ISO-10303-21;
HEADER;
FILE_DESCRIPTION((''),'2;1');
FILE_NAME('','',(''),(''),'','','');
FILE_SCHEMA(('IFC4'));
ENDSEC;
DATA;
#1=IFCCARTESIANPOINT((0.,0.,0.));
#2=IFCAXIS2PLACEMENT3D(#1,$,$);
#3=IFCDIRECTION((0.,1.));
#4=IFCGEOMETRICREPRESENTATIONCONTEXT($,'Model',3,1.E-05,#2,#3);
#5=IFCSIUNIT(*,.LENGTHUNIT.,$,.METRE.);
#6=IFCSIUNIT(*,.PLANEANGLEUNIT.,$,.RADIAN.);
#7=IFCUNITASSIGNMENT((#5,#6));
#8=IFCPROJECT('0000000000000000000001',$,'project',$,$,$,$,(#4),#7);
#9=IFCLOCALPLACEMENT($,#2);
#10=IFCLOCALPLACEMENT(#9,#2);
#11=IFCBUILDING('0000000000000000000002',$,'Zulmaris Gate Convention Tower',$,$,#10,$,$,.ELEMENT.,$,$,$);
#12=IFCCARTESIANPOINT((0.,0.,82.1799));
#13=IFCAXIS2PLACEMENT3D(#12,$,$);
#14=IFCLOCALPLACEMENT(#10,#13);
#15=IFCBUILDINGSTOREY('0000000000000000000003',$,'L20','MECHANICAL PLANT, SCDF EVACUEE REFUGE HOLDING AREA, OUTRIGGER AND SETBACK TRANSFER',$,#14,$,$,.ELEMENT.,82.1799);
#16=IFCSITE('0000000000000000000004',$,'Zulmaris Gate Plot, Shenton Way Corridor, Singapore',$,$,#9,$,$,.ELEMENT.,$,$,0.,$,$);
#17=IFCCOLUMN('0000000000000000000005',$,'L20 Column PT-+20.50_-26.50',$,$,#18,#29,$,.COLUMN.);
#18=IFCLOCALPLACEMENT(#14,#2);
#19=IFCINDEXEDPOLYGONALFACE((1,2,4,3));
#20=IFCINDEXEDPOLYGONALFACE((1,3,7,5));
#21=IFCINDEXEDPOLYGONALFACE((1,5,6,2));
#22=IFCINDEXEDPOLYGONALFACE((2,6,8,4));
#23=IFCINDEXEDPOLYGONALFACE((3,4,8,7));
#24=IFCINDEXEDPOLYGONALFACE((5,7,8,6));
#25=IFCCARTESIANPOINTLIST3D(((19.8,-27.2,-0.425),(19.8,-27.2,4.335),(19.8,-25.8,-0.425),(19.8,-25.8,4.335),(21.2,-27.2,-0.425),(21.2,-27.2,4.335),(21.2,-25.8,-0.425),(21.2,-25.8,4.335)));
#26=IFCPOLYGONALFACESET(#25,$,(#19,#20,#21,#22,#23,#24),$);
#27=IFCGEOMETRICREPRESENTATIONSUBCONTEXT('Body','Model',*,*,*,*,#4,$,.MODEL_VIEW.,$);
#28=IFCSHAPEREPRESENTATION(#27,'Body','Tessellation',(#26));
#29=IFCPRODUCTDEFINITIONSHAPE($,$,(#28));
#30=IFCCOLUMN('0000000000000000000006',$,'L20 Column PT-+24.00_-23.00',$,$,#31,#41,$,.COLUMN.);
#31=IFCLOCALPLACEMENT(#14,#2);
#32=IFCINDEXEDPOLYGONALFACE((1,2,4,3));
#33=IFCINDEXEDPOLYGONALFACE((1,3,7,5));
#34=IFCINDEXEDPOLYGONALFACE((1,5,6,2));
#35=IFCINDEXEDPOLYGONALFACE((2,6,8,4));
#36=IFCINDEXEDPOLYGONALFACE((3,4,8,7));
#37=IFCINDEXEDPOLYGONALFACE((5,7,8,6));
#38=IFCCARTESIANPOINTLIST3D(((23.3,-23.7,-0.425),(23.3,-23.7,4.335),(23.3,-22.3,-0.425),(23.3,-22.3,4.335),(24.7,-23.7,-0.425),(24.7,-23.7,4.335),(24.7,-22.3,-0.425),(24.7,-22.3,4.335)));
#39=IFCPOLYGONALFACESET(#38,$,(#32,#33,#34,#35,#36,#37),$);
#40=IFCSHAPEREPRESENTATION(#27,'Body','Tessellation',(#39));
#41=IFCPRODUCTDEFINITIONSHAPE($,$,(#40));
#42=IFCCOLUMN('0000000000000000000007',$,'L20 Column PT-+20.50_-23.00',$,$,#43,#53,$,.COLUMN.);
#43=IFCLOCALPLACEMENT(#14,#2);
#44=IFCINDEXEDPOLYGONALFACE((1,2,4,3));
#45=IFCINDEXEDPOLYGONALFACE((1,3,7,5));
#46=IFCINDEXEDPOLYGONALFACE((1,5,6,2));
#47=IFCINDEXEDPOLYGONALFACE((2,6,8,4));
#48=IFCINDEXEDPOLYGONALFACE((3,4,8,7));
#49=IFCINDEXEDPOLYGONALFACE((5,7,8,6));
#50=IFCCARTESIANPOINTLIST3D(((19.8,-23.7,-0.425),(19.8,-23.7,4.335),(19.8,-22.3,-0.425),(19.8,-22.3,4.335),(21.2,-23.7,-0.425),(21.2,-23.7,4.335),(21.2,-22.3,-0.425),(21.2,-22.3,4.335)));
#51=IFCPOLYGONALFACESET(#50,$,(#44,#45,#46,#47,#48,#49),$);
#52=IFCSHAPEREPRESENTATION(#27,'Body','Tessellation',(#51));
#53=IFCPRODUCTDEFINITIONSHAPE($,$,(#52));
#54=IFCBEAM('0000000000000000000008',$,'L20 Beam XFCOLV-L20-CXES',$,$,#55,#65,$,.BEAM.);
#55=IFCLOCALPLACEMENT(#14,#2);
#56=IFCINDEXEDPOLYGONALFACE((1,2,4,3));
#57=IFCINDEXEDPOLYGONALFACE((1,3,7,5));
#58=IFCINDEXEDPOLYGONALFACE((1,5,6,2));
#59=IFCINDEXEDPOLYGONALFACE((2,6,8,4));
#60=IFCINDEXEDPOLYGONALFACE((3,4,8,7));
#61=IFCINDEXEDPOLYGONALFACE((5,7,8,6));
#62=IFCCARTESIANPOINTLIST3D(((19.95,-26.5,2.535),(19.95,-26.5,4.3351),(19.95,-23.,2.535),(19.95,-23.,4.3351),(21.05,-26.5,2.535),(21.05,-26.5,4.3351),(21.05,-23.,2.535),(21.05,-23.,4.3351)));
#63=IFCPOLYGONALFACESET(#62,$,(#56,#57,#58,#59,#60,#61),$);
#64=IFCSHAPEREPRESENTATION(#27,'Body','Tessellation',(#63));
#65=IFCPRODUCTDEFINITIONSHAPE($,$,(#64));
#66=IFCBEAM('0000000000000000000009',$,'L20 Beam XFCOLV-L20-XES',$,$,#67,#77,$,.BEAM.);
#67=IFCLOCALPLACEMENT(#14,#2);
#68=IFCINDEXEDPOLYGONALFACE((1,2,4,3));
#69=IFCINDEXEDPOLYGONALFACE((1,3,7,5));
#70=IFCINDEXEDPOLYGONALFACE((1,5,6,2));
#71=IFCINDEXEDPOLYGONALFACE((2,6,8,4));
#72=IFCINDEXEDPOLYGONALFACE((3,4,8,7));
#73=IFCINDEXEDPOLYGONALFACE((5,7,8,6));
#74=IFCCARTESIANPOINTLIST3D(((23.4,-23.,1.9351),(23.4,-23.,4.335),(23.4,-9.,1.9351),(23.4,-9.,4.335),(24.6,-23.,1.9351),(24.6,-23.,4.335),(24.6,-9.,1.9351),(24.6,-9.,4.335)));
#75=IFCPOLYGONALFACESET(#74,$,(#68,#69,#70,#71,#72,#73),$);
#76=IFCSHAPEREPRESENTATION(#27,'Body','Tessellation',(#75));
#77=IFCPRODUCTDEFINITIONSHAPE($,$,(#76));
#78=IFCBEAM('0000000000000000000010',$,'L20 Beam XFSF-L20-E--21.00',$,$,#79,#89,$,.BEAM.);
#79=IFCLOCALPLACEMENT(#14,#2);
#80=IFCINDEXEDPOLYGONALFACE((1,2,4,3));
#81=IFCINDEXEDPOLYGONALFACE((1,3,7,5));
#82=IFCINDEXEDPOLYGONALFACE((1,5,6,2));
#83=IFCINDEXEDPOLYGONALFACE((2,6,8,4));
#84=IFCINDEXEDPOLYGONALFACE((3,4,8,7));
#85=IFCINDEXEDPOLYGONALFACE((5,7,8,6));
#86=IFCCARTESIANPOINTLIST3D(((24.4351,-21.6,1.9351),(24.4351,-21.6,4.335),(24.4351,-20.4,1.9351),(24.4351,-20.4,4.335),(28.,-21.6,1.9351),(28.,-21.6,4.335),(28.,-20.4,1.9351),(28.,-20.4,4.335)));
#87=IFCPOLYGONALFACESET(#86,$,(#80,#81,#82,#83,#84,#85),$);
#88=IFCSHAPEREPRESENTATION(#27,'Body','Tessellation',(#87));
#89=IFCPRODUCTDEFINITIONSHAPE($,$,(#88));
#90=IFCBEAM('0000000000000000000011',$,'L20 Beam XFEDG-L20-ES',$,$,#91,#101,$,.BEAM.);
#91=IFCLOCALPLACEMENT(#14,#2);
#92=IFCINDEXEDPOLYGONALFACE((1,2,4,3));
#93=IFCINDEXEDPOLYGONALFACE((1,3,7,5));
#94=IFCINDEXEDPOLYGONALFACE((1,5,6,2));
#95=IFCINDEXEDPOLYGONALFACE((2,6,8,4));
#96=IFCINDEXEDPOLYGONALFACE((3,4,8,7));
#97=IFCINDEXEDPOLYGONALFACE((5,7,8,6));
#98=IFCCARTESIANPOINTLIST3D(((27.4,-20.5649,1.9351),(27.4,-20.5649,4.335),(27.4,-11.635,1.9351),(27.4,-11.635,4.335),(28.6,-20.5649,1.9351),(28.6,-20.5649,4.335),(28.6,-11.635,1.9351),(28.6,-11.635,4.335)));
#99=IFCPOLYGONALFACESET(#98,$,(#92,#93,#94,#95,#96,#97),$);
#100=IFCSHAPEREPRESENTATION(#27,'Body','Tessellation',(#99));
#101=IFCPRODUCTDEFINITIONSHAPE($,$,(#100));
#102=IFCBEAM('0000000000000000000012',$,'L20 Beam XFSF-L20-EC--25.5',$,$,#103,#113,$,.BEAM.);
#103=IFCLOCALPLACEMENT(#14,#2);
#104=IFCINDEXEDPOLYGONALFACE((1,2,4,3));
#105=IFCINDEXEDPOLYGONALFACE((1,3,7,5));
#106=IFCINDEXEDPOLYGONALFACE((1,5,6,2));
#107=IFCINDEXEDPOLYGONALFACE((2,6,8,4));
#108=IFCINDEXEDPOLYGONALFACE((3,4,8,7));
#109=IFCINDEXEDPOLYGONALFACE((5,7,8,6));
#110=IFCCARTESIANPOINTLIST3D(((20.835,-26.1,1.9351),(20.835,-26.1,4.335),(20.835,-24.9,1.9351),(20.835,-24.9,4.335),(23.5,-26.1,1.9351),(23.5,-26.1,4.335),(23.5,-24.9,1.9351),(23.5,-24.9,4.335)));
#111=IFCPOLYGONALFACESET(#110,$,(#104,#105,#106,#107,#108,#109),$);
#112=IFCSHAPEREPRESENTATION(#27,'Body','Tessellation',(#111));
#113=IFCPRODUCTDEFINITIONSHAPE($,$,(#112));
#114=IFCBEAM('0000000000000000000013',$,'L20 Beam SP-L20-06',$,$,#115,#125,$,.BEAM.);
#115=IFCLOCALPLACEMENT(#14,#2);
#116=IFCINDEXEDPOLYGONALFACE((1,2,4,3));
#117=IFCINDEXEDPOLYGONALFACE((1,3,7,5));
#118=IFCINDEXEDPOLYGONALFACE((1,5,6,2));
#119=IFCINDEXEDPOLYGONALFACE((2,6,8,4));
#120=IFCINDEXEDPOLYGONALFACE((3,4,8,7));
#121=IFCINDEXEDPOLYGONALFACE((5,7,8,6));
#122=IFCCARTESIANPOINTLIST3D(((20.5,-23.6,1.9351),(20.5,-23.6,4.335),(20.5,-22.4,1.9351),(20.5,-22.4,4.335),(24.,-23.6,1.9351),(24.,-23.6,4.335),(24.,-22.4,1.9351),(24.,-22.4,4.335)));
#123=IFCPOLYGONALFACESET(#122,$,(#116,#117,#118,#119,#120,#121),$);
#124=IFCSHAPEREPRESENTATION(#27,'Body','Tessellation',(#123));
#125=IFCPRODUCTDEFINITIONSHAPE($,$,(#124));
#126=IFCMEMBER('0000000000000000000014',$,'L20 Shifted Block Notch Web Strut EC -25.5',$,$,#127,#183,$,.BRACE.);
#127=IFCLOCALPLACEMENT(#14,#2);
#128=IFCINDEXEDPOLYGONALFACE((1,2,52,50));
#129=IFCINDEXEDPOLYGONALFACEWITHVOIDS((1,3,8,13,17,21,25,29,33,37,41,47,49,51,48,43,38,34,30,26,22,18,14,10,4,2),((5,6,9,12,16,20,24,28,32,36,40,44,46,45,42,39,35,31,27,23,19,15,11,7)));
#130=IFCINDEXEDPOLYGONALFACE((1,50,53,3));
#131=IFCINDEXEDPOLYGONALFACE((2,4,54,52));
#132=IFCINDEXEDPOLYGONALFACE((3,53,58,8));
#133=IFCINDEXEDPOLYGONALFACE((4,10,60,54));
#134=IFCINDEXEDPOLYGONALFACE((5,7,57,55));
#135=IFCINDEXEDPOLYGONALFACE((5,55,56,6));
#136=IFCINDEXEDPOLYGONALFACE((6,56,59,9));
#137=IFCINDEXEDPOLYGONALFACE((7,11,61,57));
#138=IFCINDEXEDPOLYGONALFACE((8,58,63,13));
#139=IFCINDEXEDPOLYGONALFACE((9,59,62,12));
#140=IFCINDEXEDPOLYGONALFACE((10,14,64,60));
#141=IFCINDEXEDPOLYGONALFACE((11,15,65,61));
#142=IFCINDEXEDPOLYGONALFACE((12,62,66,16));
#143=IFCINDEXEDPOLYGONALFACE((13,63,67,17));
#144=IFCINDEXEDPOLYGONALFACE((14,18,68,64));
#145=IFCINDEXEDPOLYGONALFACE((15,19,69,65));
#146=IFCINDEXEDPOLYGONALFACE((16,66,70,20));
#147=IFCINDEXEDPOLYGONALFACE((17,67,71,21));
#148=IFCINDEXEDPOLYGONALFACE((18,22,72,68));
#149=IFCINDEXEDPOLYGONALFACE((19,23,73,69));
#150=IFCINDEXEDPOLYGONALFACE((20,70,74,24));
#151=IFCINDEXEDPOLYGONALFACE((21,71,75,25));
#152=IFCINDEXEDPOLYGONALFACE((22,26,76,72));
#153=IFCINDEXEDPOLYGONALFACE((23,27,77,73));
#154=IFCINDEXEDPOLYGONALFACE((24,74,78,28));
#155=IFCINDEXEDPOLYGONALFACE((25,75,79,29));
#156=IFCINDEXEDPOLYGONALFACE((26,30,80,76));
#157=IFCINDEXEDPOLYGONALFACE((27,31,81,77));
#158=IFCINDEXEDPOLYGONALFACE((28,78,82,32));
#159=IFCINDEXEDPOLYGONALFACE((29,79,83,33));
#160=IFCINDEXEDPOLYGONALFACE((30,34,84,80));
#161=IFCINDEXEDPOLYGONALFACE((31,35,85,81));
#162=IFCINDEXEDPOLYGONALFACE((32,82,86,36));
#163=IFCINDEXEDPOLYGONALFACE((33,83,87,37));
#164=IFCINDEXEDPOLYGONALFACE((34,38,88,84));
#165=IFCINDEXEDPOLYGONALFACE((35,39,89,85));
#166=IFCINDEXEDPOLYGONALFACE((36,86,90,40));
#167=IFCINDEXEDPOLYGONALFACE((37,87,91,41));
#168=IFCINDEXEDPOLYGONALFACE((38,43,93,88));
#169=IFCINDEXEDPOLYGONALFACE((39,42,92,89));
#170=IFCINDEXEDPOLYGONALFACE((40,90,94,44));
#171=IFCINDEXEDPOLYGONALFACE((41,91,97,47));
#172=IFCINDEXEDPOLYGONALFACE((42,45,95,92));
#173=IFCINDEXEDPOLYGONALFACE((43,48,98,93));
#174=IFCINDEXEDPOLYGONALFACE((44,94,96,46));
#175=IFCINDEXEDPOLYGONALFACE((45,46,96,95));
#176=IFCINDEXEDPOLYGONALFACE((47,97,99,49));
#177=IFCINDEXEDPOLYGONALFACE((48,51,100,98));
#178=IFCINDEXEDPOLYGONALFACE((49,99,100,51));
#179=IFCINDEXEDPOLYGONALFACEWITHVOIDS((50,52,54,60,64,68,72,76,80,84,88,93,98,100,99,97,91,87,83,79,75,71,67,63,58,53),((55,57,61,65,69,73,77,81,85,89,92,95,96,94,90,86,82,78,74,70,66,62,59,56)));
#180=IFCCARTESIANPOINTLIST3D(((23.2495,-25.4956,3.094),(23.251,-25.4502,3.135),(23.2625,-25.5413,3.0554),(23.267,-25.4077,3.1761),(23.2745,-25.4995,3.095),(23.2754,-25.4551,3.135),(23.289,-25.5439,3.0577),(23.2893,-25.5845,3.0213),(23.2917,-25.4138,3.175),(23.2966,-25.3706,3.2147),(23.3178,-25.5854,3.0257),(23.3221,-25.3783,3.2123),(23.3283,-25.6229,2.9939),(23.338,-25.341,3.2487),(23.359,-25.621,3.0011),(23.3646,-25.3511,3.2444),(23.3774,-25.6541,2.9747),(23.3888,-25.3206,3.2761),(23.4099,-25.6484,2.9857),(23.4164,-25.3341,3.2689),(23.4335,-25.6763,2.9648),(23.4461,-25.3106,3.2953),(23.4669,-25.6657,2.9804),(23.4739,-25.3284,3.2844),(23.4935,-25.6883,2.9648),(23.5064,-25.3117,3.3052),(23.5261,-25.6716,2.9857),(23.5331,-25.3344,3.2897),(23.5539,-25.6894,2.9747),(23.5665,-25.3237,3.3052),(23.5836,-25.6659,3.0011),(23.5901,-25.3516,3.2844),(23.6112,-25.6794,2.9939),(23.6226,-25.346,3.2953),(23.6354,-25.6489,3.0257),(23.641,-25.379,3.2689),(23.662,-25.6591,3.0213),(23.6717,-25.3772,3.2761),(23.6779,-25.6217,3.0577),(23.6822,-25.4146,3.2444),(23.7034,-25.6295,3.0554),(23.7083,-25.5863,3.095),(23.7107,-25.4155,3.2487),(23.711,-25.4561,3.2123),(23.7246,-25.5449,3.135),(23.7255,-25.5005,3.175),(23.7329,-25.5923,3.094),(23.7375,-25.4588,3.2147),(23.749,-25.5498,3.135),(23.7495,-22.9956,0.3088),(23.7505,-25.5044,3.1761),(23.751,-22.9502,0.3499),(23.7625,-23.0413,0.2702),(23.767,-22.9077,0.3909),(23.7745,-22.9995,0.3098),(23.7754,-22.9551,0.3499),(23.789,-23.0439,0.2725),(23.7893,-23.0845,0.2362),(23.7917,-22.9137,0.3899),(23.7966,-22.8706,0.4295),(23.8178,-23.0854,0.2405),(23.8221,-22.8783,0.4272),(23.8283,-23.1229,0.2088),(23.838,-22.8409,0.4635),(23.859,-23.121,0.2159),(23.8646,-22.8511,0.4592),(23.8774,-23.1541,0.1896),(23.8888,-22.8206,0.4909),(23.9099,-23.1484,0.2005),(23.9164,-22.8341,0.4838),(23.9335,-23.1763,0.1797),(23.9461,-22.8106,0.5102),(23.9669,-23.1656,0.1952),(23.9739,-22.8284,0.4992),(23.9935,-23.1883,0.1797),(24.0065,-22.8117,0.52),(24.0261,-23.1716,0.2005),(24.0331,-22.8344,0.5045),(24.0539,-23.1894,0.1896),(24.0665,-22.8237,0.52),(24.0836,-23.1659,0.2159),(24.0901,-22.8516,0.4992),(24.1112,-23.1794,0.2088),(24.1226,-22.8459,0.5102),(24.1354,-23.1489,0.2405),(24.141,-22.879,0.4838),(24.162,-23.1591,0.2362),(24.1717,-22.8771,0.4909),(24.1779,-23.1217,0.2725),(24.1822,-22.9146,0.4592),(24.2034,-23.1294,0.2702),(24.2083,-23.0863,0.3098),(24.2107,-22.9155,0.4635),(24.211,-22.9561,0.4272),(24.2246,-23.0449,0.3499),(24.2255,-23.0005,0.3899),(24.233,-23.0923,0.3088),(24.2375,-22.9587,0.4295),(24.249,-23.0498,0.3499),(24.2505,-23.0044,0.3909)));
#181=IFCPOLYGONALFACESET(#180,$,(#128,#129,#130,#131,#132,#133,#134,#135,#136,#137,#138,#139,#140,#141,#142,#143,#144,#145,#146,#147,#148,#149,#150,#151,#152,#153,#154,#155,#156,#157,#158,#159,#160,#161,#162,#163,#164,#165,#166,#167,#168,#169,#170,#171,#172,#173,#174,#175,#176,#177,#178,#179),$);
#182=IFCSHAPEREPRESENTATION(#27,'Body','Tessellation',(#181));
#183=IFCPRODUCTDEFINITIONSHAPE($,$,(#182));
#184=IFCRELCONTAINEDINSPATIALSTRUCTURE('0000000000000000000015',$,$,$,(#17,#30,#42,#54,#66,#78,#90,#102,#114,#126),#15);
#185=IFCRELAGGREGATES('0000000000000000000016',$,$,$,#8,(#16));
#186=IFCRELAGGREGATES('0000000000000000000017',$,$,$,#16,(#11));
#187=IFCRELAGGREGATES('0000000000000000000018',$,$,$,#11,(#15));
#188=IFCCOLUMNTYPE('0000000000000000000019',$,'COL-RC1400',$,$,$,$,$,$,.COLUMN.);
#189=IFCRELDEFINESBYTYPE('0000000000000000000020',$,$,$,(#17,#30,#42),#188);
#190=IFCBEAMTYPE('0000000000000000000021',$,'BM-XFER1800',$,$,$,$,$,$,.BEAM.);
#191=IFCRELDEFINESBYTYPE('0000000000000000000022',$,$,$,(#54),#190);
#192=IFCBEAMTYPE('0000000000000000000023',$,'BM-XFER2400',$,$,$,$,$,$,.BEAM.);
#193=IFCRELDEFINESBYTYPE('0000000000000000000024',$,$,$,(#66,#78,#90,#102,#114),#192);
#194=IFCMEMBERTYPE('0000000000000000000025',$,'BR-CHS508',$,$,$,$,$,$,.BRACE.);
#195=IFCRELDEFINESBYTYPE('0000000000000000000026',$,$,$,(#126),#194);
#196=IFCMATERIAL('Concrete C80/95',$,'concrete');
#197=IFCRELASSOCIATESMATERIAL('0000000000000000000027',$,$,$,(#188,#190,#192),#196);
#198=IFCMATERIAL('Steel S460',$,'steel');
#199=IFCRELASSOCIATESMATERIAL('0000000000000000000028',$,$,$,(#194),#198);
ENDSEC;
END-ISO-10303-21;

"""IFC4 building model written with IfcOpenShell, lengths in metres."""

from ifc_helpers import new_model, si_unit, direction, frame, origin, origin_2d, place, context, subcontext, project, spatial, rectangle, hollow_circle, extrude, material, material_profile, profile_set, type_object, element, save


model = new_model("IFC4")

# Units and contexts
model_context = context("Model", 3, precision=1e-05, world=origin(), true_north=direction((0.0, 1.0)))
body_context = subcontext(model_context, "Body", "Model", "MODEL_VIEW")
ifc_project = project(units=[si_unit("LENGTHUNIT", "METRE"), si_unit("PLANEANGLEUNIT", "RADIAN")], contexts=[model_context])

# Site, building, storey
site_placement = place(None, origin())
site = spatial("IfcSite", under=ifc_project, at=site_placement, Name="Zulmaris Gate Plot, Shenton Way Corridor, Singapore", CompositionType="ELEMENT", RefElevation=0.0)
building_placement = place(site_placement, origin())
building = spatial("IfcBuilding", under=site, at=building_placement, Name="Zulmaris Gate Convention Tower", CompositionType="ELEMENT")
storey_placement = place(building_placement, frame((0.0, 0.0, 82.1799)))
storey = spatial("IfcBuildingStorey", under=building, at=storey_placement, Name="L20", Description="MECHANICAL PLANT, SCDF EVACUEE REFUGE HOLDING AREA, OUTRIGGER AND SETBACK TRANSFER", CompositionType="ELEMENT", Elevation=82.1799)

# Columns
ifc_material_1 = material(Name="Concrete C80/95", Category="concrete")
ifc_material_profile_1 = material_profile(ifc_material_1, rectangle(XDim=1.3999, YDim=1.3999, at=origin_2d()), Name="RC COL 1400x1400")
ifc_profile_set_1 = profile_set([ifc_material_profile_1], Name="Concrete C80/95")
column_type = type_object("IfcColumnType", Name="COL-RC1400", PredefinedType="COLUMN", material=ifc_profile_set_1)
for number, where, z_axis, x_axis, name in (
    (1, (20.5, -26.5, -0.425), (0.0, 0.0, 1.0), (1.0, 0.0, 0.0), "L20 Column PT-+20.50_-26.50"),
    (2, (24.0, -23.0, -0.425), (0.0, 0.0, 1.0), (1.0, 0.0, 0.0), "L20 Column PT-+24.00_-23.00"),
    (3, (20.5, -23.0, -0.425), (0.0, 0.0, 1.0), (1.0, 0.0, 0.0), "L20 Column PT-+20.50_-23.00"),
):
    element("IfcColumn", number, at=place(storey_placement, frame(where, z_axis=z_axis, x_axis=x_axis)), inside=storey, type_object=column_type, Name=name, PredefinedType="COLUMN", context=body_context, shape_type="SweptSolid", body=[
        extrude(rectangle(XDim=1.3999, YDim=1.3999, at=origin_2d()), origin(), (0.0, 0.0, 1.0), 4.76),
    ])

# Beams
ifc_material_profile_2 = material_profile(ifc_material_1, rectangle(XDim=1.1001, YDim=1.8, at=origin_2d()), Name="RC TRANSFER 1100x1800")
ifc_profile_set_2 = profile_set([ifc_material_profile_2], Name="Concrete C80/95")
beam_type_1 = type_object("IfcBeamType", Name="BM-XFER1800", PredefinedType="BEAM", material=ifc_profile_set_2)
beam_1_placement = place(storey_placement, frame((20.5, -26.5, 3.4351), z_axis=(0.0, 1.0, 0.0), x_axis=(-1.0, 0.0, 0.0)))
element("IfcBeam", 4, at=beam_1_placement, inside=storey, type_object=beam_type_1, Name="L20 Beam XFCOLV-L20-CXES", PredefinedType="BEAM", context=body_context, shape_type="SweptSolid", body=[
    extrude(rectangle(XDim=1.1001, YDim=1.8, at=origin_2d()), origin(), (0.0, 0.0, 1.0), 3.5),
])
ifc_material_profile_3 = material_profile(ifc_material_1, rectangle(XDim=1.2, YDim=2.3999, at=origin_2d()), Name="RC TRANSFER 1200x2400")
ifc_profile_set_3 = profile_set([ifc_material_profile_3], Name="Concrete C80/95")
beam_type_2 = type_object("IfcBeamType", Name="BM-XFER2400", PredefinedType="BEAM", material=ifc_profile_set_3)
beam_2_placement = place(storey_placement, frame((24.0, -23.0, 3.135), z_axis=(0.0, 1.0, 0.0), x_axis=(-1.0, 0.0, 0.0)))
element("IfcBeam", 5, at=beam_2_placement, inside=storey, type_object=beam_type_2, Name="L20 Beam XFCOLV-L20-XES", PredefinedType="BEAM", context=body_context, shape_type="SweptSolid", body=[
    extrude(rectangle(XDim=1.2, YDim=2.3999, at=origin_2d()), origin(), (0.0, 0.0, 1.0), 14.0),
])
beam_3_placement = place(storey_placement, frame((24.4351, -21.0, 3.135), z_axis=(1.0, 0.0, 0.0), x_axis=(0.0, 1.0, 0.0)))
element("IfcBeam", 6, at=beam_3_placement, inside=storey, type_object=beam_type_2, Name="L20 Beam XFSF-L20-E--21.00", PredefinedType="BEAM", context=body_context, shape_type="SweptSolid", body=[
    extrude(rectangle(XDim=1.2, YDim=2.3999, at=origin_2d()), origin(), (0.0, 0.0, 1.0), 3.5649),
])
beam_4_placement = place(storey_placement, frame((28.0, -20.5649, 3.135), z_axis=(0.0, 1.0, 0.0), x_axis=(-1.0, 0.0, 0.0)))
element("IfcBeam", 7, at=beam_4_placement, inside=storey, type_object=beam_type_2, Name="L20 Beam XFEDG-L20-ES", PredefinedType="BEAM", context=body_context, shape_type="SweptSolid", body=[
    extrude(rectangle(XDim=1.2, YDim=2.3999, at=origin_2d()), origin(), (0.0, 0.0, 1.0), 8.9299),
])
beam_5_placement = place(storey_placement, frame((20.835, -25.5, 3.135), z_axis=(1.0, 0.0, 0.0), x_axis=(0.0, 1.0, 0.0)))
element("IfcBeam", 8, at=beam_5_placement, inside=storey, type_object=beam_type_2, Name="L20 Beam XFSF-L20-EC--25.5", PredefinedType="BEAM", context=body_context, shape_type="SweptSolid", body=[
    extrude(rectangle(XDim=1.2, YDim=2.3999, at=origin_2d()), origin(), (0.0, 0.0, 1.0), 2.665),
])
beam_6_placement = place(storey_placement, frame((20.5, -23.0, 3.135), z_axis=(1.0, 0.0, 0.0), x_axis=(0.0, 1.0, 0.0)))
element("IfcBeam", 9, at=beam_6_placement, inside=storey, type_object=beam_type_2, Name="L20 Beam SP-L20-06", PredefinedType="BEAM", context=body_context, shape_type="SweptSolid", body=[
    extrude(rectangle(XDim=1.2, YDim=2.3999, at=origin_2d()), origin(), (0.0, 0.0, 1.0), 3.5),
])

# Member
ifc_material_2 = material(Name="Steel S460", Category="steel")
ifc_material_profile_4 = material_profile(ifc_material_2, hollow_circle(Radius=0.2539, WallThickness=0.0249, at=origin_2d()), Name="CHS 508x25")
ifc_profile_set_4 = profile_set([ifc_material_profile_4], Name="Steel S460")
member_type_1 = type_object("IfcMemberType", Name="BR-CHS508", PredefinedType="BRACE", material=ifc_profile_set_4)
member_1_placement = place(storey_placement, frame((24.0, -23.0, 0.3499), z_axis=(-0.13242, -0.662101, 0.737622), x_axis=(0.980581, -0.196116, 0.0)))
element("IfcMember", 10, at=member_1_placement, inside=storey, type_object=member_type_1, Name="L20 Shifted Block Notch Web Strut EC -25.5", PredefinedType="BRACE", context=body_context, shape_type="SweptSolid", body=[
    extrude(hollow_circle(Radius=0.2539, WallThickness=0.0249, at=origin_2d()), origin(), (0.0, 0.0, 1.0), 3.7759),
])

save(model, "model.ifc")
